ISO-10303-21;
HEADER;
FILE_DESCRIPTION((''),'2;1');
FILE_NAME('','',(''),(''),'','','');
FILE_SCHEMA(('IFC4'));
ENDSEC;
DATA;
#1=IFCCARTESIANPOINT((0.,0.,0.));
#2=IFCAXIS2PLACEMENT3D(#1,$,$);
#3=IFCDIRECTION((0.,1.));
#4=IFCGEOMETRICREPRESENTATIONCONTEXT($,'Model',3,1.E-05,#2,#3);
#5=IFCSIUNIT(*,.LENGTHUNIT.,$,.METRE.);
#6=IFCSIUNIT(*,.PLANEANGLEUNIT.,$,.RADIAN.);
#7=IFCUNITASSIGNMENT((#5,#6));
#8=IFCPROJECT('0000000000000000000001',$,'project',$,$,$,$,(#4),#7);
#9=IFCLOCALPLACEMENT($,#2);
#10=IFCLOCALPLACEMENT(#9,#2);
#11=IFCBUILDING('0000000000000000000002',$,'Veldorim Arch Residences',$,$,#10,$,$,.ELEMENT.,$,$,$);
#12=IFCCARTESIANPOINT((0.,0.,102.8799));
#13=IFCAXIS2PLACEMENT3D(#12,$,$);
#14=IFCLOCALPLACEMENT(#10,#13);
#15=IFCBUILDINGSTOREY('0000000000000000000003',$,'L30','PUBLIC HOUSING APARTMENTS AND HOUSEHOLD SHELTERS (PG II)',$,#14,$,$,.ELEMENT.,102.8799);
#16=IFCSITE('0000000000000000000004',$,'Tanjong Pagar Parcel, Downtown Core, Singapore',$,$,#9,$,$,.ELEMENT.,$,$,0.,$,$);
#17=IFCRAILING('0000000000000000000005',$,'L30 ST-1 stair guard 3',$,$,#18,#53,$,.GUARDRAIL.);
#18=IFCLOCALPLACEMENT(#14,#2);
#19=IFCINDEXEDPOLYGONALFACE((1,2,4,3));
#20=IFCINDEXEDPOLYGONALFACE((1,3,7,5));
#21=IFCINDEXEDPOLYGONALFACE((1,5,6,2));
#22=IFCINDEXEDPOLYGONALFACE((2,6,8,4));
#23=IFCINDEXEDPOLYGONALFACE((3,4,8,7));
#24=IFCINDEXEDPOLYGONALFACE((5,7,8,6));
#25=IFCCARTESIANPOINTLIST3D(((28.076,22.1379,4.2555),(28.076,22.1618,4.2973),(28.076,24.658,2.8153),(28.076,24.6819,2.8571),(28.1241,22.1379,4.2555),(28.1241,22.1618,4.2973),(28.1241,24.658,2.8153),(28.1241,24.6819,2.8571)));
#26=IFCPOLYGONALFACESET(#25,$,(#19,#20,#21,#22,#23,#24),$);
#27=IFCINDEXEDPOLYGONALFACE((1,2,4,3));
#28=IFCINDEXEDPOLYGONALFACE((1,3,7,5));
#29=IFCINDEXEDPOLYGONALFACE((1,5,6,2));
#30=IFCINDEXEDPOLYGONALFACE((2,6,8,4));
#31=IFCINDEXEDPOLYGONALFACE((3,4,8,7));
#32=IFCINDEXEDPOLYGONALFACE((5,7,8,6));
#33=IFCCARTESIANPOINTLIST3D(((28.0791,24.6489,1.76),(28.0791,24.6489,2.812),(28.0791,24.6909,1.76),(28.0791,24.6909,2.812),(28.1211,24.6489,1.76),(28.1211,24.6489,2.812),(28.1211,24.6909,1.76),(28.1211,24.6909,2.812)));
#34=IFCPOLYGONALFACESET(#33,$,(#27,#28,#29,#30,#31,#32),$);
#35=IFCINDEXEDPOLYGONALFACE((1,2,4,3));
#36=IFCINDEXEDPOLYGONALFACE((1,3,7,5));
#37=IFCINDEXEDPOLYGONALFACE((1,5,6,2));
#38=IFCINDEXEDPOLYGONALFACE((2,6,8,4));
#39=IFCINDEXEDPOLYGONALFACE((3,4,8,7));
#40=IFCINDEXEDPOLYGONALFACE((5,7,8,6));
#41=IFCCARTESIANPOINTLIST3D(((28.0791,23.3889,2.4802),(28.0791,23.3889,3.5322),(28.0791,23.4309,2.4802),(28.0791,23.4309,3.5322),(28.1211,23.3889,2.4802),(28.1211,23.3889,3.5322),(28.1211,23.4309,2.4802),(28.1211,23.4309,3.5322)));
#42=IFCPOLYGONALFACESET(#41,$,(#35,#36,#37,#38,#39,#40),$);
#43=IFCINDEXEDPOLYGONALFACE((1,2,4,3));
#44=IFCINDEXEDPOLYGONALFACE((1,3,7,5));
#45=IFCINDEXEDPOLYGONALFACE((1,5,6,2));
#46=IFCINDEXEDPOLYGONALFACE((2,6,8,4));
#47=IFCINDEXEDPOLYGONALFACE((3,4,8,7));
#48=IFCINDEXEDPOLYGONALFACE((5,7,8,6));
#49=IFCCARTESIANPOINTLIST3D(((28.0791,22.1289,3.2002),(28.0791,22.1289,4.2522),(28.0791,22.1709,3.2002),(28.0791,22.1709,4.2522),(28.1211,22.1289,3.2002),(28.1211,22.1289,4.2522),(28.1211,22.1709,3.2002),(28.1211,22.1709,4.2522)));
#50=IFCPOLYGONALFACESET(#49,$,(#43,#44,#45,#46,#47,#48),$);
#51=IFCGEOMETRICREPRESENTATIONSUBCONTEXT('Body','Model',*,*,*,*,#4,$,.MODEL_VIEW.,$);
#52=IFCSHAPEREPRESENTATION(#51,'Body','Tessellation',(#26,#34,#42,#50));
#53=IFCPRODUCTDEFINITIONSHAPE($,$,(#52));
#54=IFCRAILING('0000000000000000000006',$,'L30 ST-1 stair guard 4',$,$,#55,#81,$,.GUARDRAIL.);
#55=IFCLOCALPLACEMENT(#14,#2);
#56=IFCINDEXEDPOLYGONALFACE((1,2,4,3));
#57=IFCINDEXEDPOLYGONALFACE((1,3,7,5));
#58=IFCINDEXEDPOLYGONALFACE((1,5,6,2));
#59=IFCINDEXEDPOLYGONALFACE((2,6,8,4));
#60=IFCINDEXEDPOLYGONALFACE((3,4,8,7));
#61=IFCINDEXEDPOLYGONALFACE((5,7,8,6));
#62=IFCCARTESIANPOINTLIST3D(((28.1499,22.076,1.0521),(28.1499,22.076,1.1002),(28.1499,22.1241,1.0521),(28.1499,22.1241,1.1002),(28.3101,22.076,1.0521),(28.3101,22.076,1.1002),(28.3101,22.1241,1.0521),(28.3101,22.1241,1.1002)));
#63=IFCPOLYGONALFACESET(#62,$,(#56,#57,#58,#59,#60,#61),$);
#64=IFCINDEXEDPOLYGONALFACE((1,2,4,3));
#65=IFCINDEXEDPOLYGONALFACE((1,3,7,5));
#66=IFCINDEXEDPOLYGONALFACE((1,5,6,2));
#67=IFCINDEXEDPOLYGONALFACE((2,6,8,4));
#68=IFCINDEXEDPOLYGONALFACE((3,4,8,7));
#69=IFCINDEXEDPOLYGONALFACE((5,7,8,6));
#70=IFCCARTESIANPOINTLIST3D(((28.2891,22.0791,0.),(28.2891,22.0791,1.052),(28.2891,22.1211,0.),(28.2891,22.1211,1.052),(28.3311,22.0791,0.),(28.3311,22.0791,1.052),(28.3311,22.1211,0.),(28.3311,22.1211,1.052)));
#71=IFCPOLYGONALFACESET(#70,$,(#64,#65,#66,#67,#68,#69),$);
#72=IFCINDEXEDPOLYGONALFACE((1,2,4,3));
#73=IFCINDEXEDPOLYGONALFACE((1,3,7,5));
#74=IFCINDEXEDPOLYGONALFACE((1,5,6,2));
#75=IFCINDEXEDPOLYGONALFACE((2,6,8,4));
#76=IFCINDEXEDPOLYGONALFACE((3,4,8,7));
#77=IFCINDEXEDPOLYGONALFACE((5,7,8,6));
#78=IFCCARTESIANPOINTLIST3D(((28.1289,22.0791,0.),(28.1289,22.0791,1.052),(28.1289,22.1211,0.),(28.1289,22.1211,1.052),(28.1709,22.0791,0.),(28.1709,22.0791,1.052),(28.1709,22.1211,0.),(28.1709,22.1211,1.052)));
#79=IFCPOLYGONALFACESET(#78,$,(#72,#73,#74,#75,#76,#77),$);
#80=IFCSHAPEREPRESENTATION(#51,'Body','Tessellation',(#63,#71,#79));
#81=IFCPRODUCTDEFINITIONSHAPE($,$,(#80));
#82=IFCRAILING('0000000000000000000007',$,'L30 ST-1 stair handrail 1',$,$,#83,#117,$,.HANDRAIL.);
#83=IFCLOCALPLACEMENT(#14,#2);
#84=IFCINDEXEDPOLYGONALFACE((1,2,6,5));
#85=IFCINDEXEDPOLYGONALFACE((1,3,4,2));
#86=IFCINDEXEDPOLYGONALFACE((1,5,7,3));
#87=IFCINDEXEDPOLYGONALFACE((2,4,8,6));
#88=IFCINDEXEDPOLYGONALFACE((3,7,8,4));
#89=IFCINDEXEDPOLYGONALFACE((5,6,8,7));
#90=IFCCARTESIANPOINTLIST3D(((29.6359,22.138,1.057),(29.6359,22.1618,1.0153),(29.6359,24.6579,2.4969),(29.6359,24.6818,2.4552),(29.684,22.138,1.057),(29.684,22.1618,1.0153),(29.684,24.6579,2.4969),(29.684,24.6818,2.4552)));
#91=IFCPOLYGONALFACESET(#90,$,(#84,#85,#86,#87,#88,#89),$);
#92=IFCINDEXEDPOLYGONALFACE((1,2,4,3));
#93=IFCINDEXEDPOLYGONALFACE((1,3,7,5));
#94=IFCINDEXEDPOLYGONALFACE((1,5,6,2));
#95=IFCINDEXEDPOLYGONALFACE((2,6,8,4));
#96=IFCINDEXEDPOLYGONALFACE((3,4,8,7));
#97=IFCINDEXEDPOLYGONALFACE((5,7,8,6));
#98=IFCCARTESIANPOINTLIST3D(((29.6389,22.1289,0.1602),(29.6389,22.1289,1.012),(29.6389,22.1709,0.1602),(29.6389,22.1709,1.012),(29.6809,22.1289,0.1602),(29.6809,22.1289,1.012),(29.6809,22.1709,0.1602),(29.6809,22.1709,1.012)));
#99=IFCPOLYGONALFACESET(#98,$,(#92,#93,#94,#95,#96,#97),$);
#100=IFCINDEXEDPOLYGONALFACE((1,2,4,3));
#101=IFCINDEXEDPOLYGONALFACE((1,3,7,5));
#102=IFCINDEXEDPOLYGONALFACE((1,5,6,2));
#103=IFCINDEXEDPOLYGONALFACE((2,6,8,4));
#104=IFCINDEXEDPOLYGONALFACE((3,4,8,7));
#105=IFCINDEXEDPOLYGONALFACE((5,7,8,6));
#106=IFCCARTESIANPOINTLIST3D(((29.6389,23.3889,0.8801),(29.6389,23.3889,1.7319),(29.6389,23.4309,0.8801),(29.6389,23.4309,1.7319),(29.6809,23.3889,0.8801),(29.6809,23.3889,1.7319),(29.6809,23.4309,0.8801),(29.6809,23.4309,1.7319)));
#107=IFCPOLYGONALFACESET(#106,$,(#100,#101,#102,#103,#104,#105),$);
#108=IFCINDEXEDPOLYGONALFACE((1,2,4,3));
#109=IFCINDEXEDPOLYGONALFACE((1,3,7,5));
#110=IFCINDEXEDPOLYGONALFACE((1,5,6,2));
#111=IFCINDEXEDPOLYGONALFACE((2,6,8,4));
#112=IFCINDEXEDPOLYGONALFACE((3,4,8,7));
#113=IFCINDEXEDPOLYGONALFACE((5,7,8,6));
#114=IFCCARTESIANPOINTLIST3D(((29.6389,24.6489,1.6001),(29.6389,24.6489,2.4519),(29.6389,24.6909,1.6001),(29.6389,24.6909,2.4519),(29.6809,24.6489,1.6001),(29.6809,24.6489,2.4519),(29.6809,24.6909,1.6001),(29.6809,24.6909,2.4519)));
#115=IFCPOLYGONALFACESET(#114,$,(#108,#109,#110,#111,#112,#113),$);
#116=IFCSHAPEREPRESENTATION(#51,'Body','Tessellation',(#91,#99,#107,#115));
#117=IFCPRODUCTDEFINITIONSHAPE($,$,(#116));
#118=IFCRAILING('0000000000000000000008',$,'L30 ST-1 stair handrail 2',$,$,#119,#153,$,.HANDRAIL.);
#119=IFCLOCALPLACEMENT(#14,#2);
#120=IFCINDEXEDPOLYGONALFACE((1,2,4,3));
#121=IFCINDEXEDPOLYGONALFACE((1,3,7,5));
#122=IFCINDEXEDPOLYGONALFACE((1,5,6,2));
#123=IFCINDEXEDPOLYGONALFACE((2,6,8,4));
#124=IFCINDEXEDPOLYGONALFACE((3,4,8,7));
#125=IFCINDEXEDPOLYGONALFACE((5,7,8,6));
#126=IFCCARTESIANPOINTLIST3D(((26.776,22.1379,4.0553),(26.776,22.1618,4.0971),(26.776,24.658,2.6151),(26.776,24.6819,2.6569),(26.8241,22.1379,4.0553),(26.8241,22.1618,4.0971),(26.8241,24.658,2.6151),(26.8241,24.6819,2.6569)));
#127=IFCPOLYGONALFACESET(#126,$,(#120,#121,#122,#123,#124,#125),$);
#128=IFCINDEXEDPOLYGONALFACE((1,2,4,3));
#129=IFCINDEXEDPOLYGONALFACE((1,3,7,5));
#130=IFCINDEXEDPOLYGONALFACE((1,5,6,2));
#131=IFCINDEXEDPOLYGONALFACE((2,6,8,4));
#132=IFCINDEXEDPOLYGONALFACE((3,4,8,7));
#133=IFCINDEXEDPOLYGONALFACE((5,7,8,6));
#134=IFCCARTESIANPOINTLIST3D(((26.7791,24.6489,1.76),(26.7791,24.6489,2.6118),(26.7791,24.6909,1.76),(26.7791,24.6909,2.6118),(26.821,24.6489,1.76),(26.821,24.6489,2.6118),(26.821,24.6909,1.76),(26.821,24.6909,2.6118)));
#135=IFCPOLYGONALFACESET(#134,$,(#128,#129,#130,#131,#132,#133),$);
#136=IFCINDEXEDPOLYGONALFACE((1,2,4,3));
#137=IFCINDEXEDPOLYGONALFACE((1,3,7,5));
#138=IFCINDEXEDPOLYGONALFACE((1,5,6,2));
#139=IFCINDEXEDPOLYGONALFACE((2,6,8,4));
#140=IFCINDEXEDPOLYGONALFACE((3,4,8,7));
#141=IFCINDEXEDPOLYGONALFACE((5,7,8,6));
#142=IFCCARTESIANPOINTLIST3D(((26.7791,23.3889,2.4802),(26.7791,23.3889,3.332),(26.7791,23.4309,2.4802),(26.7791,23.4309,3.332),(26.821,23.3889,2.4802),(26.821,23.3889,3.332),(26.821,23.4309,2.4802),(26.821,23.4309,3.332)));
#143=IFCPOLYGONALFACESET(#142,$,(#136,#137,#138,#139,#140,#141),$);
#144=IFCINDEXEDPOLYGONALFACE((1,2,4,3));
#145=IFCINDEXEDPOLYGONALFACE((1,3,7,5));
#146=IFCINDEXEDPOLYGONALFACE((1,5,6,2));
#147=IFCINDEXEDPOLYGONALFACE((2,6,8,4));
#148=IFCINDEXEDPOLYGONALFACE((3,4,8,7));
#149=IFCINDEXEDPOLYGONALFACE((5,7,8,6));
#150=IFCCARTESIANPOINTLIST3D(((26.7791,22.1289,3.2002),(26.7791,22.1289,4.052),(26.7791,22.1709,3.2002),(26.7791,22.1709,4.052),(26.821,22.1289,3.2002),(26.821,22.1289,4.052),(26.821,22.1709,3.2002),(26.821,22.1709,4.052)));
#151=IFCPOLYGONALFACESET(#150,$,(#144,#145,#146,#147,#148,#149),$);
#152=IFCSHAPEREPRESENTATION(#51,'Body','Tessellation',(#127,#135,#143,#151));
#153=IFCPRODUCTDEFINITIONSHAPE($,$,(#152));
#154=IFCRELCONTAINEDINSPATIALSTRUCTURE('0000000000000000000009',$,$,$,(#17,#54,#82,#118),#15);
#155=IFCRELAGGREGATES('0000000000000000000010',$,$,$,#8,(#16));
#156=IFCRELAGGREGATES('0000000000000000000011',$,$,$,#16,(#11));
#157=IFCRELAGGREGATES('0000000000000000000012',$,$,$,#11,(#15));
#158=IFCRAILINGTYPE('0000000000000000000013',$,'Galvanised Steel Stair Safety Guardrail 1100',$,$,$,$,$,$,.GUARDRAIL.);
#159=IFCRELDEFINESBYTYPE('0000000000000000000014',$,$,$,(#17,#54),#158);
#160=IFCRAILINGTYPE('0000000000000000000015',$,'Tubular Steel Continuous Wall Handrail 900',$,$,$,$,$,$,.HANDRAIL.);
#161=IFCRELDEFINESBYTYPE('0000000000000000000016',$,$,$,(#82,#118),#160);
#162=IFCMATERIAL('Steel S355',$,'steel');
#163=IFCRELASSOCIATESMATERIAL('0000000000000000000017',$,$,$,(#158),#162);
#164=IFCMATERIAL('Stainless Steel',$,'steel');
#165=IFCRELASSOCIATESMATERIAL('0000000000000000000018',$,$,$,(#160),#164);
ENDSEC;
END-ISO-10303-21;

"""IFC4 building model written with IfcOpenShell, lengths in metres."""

from ifc_helpers import new_model, si_unit, direction, frame, origin, origin_2d, place, context, subcontext, project, spatial, rectangle, extrude, material, type_object, element, save


model = new_model("IFC4")

# Units and contexts
model_context = context("Model", 3, precision=1e-05, world=origin(), true_north=direction((0.0, 1.0)))
body_context = subcontext(model_context, "Body", "Model", "MODEL_VIEW")
ifc_project = project(units=[si_unit("LENGTHUNIT", "METRE"), si_unit("PLANEANGLEUNIT", "RADIAN")], contexts=[model_context])

# Site, building, storey
site_placement = place(None, origin())
site = spatial("IfcSite", under=ifc_project, at=site_placement, Name="Tanjong Pagar Parcel, Downtown Core, Singapore", CompositionType="ELEMENT", RefElevation=0.0)
building_placement = place(site_placement, origin())
building = spatial("IfcBuilding", under=site, at=building_placement, Name="Veldorim Arch Residences", CompositionType="ELEMENT")
storey_placement = place(building_placement, frame((0.0, 0.0, 102.8799)))
storey = spatial("IfcBuildingStorey", under=building, at=storey_placement, Name="L30", Description="PUBLIC HOUSING APARTMENTS AND HOUSEHOLD SHELTERS (PG II)", CompositionType="ELEMENT", Elevation=102.8799)

# Railings
ifc_material_1 = material(Name="Steel S355", Category="steel")
railing_type_1 = type_object("IfcRailingType", Name="Galvanised Steel Stair Safety Guardrail 1100", PredefinedType="GUARDRAIL", material=ifc_material_1)
railing_1_placement = place(storey_placement, frame((28.1001, 24.6699, 1.76)))
element("IfcRailing", 1, at=railing_1_placement, inside=storey, type_object=railing_type_1, Name="L30 ST-1 stair guard 3", PredefinedType="GUARDRAIL", context=body_context, shape_type="SweptSolid", body=[
    extrude(rectangle(XDim=0.0481, YDim=0.0481, at=origin_2d()), frame((0.0, 0.0, 1.0762), z_axis=(0.0, -0.868217, 0.496184), x_axis=(1.0, 0.0, 0.0)), (0.0, 0.0, 1.0), 2.9026),
    extrude(rectangle(XDim=0.042, YDim=0.042, at=origin_2d()), origin(), (0.0, 0.0, 1.0), 1.052),
    extrude(rectangle(XDim=0.042, YDim=0.042, at=origin_2d()), frame((0.0, -1.26, 0.7202)), (0.0, 0.0, 1.0), 1.052),
    extrude(rectangle(XDim=0.042, YDim=0.042, at=origin_2d()), frame((0.0, -2.52, 1.4402)), (0.0, 0.0, 1.0), 1.052),
])
railing_2_placement = place(storey_placement, frame((28.3101, 22.1001, 0.0)))
element("IfcRailing", 2, at=railing_2_placement, inside=storey, type_object=railing_type_1, Name="L30 ST-1 stair guard 4", PredefinedType="GUARDRAIL", context=body_context, shape_type="SweptSolid", body=[
    extrude(rectangle(XDim=0.0481, YDim=0.0481, at=origin_2d()), frame((0.0, 0.0, 1.0762), z_axis=(-1.0, 0.0, 0.0), x_axis=(0.0, -1.0, 0.0)), (0.0, 0.0, 1.0), 0.1602),
    extrude(rectangle(XDim=0.042, YDim=0.042, at=origin_2d()), origin(), (0.0, 0.0, 1.0), 1.052),
    extrude(rectangle(XDim=0.042, YDim=0.042, at=origin_2d()), frame((-0.1602, 0.0, 0.0)), (0.0, 0.0, 1.0), 1.052),
])
ifc_material_2 = material(Name="Stainless Steel", Category="steel")
railing_type_2 = type_object("IfcRailingType", Name="Tubular Steel Continuous Wall Handrail 900", PredefinedType="HANDRAIL", material=ifc_material_2)
railing_3_placement = place(storey_placement, frame((29.6599, 22.1499, 0.1602)))
element("IfcRailing", 3, at=railing_3_placement, inside=storey, type_object=railing_type_2, Name="L30 ST-1 stair handrail 1", PredefinedType="HANDRAIL", context=body_context, shape_type="SweptSolid", body=[
    extrude(rectangle(XDim=0.0481, YDim=0.0481, at=origin_2d()), frame((0.0, 0.0, 0.876), z_axis=(0.0, 0.868253, 0.496121), x_axis=(-1.0, 0.0, 0.0)), (0.0, 0.0, 1.0), 2.9023),
    extrude(rectangle(XDim=0.042, YDim=0.042, at=origin_2d()), origin(), (0.0, 0.0, 1.0), 0.8518),
    extrude(rectangle(XDim=0.042, YDim=0.042, at=origin_2d()), frame((0.0, 1.26, 0.72)), (0.0, 0.0, 1.0), 0.8518),
    extrude(rectangle(XDim=0.042, YDim=0.042, at=origin_2d()), frame((0.0, 2.52, 1.4399)), (0.0, 0.0, 1.0), 0.8518),
])
railing_4_placement = place(storey_placement, frame((26.8, 24.6699, 1.76)))
element("IfcRailing", 4, at=railing_4_placement, inside=storey, type_object=railing_type_2, Name="L30 ST-1 stair handrail 2", PredefinedType="HANDRAIL", context=body_context, shape_type="SweptSolid", body=[
    extrude(rectangle(XDim=0.0481, YDim=0.0481, at=origin_2d()), frame((0.0, 0.0, 0.876), z_axis=(0.0, -0.868217, 0.496184), x_axis=(1.0, 0.0, 0.0)), (0.0, 0.0, 1.0), 2.9026),
    extrude(rectangle(XDim=0.042, YDim=0.042, at=origin_2d()), origin(), (0.0, 0.0, 1.0), 0.8518),
    extrude(rectangle(XDim=0.042, YDim=0.042, at=origin_2d()), frame((0.0, -1.26, 0.7202)), (0.0, 0.0, 1.0), 0.8518),
    extrude(rectangle(XDim=0.042, YDim=0.042, at=origin_2d()), frame((0.0, -2.52, 1.4402)), (0.0, 0.0, 1.0), 0.8518),
])

save(model, "model.ifc")
